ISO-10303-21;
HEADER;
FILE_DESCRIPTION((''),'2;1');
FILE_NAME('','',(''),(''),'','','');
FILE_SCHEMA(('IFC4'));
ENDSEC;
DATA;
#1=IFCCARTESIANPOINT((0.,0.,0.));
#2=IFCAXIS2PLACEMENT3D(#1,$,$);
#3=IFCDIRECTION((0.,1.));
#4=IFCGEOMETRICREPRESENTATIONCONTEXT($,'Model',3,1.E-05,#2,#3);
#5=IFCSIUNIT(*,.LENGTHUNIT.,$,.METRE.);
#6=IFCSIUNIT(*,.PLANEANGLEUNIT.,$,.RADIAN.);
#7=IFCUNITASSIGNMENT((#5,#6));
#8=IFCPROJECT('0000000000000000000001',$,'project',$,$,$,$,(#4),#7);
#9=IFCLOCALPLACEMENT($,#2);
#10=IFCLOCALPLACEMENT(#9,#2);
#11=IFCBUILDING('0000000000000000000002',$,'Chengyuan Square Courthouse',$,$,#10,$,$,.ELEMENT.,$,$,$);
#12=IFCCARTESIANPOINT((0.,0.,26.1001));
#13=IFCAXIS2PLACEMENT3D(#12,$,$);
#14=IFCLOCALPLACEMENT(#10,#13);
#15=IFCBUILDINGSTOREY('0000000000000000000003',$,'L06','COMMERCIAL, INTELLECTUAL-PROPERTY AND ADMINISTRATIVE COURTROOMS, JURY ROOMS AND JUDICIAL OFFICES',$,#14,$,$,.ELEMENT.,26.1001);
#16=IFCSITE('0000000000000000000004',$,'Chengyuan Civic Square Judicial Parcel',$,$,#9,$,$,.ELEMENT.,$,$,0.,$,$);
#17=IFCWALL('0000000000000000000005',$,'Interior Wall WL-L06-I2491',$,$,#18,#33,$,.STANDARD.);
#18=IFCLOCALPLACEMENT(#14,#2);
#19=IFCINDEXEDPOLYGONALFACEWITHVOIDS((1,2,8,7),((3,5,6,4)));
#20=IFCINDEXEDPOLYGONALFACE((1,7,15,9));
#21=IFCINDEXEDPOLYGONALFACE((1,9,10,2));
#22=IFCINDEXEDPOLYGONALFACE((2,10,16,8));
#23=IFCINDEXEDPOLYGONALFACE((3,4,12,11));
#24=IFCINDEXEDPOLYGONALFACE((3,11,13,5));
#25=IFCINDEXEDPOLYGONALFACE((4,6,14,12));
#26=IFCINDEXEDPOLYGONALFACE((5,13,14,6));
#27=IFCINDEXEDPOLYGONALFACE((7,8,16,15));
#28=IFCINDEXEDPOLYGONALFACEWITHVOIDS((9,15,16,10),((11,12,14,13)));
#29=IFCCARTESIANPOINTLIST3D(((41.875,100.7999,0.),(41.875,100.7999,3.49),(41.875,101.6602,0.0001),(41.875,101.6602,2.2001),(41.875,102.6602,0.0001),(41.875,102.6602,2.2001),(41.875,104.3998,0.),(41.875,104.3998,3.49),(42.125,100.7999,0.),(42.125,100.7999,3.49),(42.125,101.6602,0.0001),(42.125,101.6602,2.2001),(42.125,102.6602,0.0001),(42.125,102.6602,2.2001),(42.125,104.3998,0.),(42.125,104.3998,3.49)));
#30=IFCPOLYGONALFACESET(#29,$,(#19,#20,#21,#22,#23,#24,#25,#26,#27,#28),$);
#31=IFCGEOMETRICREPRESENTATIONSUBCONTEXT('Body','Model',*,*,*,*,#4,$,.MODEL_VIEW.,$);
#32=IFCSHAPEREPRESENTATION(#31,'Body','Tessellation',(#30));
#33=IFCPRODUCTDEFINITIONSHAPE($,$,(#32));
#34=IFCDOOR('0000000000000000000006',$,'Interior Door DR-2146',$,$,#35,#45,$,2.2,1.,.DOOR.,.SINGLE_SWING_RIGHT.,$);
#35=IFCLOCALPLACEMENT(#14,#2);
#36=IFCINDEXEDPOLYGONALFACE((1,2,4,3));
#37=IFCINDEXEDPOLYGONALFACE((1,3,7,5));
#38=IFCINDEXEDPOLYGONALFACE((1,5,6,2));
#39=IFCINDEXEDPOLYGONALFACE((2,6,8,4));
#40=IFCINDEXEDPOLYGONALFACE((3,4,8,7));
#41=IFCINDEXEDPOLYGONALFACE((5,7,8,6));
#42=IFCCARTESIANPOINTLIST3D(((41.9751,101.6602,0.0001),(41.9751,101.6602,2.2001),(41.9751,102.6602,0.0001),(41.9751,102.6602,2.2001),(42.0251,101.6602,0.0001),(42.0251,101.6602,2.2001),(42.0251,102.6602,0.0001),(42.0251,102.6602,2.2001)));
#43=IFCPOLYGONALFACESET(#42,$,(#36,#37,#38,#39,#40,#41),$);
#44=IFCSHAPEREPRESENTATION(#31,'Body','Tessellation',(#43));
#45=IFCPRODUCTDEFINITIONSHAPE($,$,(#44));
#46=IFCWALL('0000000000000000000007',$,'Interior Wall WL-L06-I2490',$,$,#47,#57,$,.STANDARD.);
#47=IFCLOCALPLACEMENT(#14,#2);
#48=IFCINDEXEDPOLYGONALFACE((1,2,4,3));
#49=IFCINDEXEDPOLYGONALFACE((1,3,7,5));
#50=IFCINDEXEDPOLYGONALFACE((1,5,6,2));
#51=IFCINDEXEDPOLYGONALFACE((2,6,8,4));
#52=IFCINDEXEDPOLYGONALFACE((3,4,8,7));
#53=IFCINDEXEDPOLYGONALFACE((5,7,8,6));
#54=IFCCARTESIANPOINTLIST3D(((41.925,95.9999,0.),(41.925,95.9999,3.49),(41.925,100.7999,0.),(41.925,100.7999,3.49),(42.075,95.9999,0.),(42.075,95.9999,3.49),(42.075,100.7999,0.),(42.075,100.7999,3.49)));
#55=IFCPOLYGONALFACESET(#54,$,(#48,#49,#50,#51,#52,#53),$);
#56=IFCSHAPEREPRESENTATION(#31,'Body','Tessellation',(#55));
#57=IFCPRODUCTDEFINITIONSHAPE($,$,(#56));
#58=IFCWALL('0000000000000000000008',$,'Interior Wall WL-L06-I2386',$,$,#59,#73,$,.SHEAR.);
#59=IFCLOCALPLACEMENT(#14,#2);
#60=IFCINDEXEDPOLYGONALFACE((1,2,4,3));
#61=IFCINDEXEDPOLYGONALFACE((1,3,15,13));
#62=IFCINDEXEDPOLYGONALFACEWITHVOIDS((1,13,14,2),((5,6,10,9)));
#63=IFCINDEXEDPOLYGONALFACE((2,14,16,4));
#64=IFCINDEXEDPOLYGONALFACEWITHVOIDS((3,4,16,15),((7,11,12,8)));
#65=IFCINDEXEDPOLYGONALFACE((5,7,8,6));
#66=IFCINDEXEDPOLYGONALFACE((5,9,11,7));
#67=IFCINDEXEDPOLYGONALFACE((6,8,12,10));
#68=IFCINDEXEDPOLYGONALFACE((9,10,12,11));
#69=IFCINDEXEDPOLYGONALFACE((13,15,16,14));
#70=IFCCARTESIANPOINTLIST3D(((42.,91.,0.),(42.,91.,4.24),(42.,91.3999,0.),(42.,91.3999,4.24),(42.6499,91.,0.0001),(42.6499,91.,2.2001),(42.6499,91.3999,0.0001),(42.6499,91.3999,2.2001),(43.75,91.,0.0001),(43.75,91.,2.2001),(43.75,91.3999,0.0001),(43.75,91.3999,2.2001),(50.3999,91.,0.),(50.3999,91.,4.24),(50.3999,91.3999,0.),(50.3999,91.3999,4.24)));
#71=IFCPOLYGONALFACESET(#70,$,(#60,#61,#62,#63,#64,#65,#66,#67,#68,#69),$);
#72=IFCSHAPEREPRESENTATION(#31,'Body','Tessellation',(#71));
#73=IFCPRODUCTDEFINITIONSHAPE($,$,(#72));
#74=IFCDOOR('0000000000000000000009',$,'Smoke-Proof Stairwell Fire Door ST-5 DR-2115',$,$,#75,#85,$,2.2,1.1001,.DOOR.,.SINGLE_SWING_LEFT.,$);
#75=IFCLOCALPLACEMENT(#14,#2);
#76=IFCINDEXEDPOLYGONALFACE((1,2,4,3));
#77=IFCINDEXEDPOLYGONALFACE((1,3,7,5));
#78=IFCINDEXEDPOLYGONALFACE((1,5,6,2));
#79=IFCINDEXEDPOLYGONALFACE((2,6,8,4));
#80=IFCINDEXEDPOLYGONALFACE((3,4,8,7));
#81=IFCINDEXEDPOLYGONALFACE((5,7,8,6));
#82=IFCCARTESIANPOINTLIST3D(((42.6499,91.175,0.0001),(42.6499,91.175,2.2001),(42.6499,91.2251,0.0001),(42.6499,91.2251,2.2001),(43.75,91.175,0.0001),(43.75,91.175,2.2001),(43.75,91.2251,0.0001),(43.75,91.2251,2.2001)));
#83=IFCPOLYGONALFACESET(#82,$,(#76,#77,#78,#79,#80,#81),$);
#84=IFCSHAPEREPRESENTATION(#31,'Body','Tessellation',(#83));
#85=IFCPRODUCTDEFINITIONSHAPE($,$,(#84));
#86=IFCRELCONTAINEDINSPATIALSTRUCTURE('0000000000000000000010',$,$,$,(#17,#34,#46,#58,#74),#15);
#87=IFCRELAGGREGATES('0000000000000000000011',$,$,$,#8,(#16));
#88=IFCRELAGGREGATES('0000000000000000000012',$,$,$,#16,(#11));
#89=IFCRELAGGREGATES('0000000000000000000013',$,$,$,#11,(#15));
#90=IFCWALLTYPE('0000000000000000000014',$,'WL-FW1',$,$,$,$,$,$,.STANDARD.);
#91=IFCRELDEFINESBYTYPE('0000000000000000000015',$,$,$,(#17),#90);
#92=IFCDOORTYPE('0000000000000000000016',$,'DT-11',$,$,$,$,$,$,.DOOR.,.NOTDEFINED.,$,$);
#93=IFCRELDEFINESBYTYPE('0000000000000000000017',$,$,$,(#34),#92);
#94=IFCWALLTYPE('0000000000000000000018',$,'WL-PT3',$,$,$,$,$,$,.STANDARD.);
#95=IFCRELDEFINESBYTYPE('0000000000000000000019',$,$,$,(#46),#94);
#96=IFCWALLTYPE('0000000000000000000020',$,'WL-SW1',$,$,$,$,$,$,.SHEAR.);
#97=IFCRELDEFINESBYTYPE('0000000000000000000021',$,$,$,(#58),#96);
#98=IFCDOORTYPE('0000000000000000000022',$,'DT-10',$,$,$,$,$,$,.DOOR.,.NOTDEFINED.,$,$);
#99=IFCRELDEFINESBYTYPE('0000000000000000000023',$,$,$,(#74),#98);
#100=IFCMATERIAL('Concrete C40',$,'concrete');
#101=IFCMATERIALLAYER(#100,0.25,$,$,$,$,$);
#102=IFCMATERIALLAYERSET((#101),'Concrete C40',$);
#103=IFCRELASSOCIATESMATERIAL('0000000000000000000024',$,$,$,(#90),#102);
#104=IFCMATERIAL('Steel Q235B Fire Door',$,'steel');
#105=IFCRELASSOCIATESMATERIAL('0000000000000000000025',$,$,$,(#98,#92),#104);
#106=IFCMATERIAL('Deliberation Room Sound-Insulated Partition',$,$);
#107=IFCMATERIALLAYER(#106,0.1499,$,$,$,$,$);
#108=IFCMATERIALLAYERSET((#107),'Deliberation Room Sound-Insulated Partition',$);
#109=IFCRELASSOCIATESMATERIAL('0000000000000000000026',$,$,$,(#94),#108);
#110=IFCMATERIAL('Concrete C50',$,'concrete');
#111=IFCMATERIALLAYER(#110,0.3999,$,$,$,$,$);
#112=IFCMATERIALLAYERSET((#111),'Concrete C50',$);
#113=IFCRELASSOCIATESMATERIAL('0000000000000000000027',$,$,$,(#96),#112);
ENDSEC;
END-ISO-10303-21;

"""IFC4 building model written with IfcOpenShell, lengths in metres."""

from ifc_helpers import new_model, si_unit, direction, frame, frame_2d, origin, place, context, subcontext, project, spatial, rectangle, extrude, material, layer, layer_set, type_object, element, fill, save


model = new_model("IFC4")

# Units and contexts
model_context = context("Model", 3, precision=1e-05, world=origin(), true_north=direction((0.0, 1.0)))
body_context = subcontext(model_context, "Body", "Model", "MODEL_VIEW")
ifc_project = project(units=[si_unit("LENGTHUNIT", "METRE"), si_unit("PLANEANGLEUNIT", "RADIAN")], contexts=[model_context])

# Site, building, storey
site_placement = place(None, origin())
site = spatial("IfcSite", under=ifc_project, at=site_placement, Name="Chengyuan Civic Square Judicial Parcel", CompositionType="ELEMENT", RefElevation=0.0)
building_placement = place(site_placement, origin())
building = spatial("IfcBuilding", under=site, at=building_placement, Name="Chengyuan Square Courthouse", CompositionType="ELEMENT")
storey_placement = place(building_placement, frame((0.0, 0.0, 26.1001)))
storey = spatial("IfcBuildingStorey", under=building, at=storey_placement, Name="L06", Description="COMMERCIAL, INTELLECTUAL-PROPERTY AND ADMINISTRATIVE COURTROOMS, JURY ROOMS AND JUDICIAL OFFICES", CompositionType="ELEMENT", Elevation=26.1001)

# Shared definitions
ifc_material_1 = material(Name="Concrete C50", Category="concrete")

# Shared definitions
ifc_material_2 = material(Name="Concrete C40", Category="concrete")

# Shared definitions
ifc_layer_1 = layer(ifc_material_2, 0.25)
ifc_layer_set_1 = layer_set([ifc_layer_1], Name="Concrete C40")
wall_type_1 = type_object("IfcWallType", Name="WL-FW1", PredefinedType="STANDARD", material=ifc_layer_set_1)

# Wall, opening, door
ifc_material_3 = material(Name="Steel Q235B Fire Door", Category="steel")
door_type_1 = type_object("IfcDoorType", Name="DT-10", OperationType="NOTDEFINED", PredefinedType="DOOR", material=ifc_material_3)
wall_1_placement = place(storey_placement, frame((42.0, 100.8, 0.0), z_axis=(0.0, 0.0, 1.0), x_axis=(0.0, 1.0, 0.0)))
wall_1 = element("IfcWall", 1, at=wall_1_placement, inside=storey, type_object=wall_type_1, Name="Interior Wall WL-L06-I2491", PredefinedType="STANDARD", context=body_context, shape_type="SweptSolid", body=[
    extrude(rectangle(XDim=3.5999, YDim=0.25, at=frame_2d((1.7998, 0.0))), origin(), (0.0, 0.0, 1.0), 3.49),
])
opening_1_placement = place(wall_1_placement, frame((0.8601, 0.0, 0.0)))
opening_1 = element("IfcOpeningElement", 2, at=opening_1_placement, cuts=wall_1, PredefinedType="OPENING", context=body_context, shape_type="SweptSolid", body=[
    extrude(rectangle(XDim=1.0, YDim=2.2, at=frame_2d((0.5, 1.1001))), frame((0.0, 0.137, 0.0), z_axis=(0.0, -1.0, 0.0), x_axis=(1.0, 0.0, 0.0)), (0.0, 0.0, 1.0), 0.2739),
])
door_type_2 = type_object("IfcDoorType", Name="DT-11", OperationType="NOTDEFINED", PredefinedType="DOOR", material=ifc_material_3)
door_1_placement = place(opening_1_placement, origin())
door_1 = element("IfcDoor", 3, at=door_1_placement, inside=storey, type_object=door_type_2, Name="Interior Door DR-2146", OperationType="SINGLE_SWING_RIGHT", OverallHeight=2.2, OverallWidth=1.0, PredefinedType="DOOR", context=body_context, shape_type="SweptSolid", body=[
    extrude(rectangle(XDim=1.0, YDim=2.2, at=frame_2d((0.5, 1.1001))), frame((0.0, 0.0249, 0.0), z_axis=(0.0, -1.0, 0.0), x_axis=(1.0, 0.0, 0.0)), (0.0, 0.0, 1.0), 0.05),
])
fill(opening_1, door_1)

# Wall
ifc_material_4 = material(Name="Deliberation Room Sound-Insulated Partition")
ifc_layer_2 = layer(ifc_material_4, 0.1499)
ifc_layer_set_2 = layer_set([ifc_layer_2], Name="Deliberation Room Sound-Insulated Partition")
wall_type_2 = type_object("IfcWallType", Name="WL-PT3", PredefinedType="STANDARD", material=ifc_layer_set_2)
wall_2_placement = place(storey_placement, frame((42.0, 96.0, 0.0), z_axis=(0.0, 0.0, 1.0), x_axis=(0.0, 1.0, 0.0)))
element("IfcWall", 4, at=wall_2_placement, inside=storey, type_object=wall_type_2, Name="Interior Wall WL-L06-I2490", PredefinedType="STANDARD", context=body_context, shape_type="SweptSolid", body=[
    extrude(rectangle(XDim=4.8, YDim=0.1499, at=frame_2d((2.3999, 0.0))), origin(), (0.0, 0.0, 1.0), 3.49),
])

# Wall, opening, door
ifc_layer_3 = layer(ifc_material_1, 0.3999)
ifc_layer_set_3 = layer_set([ifc_layer_3], Name="Concrete C50")
wall_type_3 = type_object("IfcWallType", Name="WL-SW1", PredefinedType="SHEAR", material=ifc_layer_set_3)
wall_3_placement = place(storey_placement, frame((42.0, 91.2, 0.0), z_axis=(0.0, 0.0, 1.0), x_axis=(1.0, 0.0, 0.0)))
wall_3 = element("IfcWall", 5, at=wall_3_placement, inside=storey, type_object=wall_type_3, Name="Interior Wall WL-L06-I2386", PredefinedType="SHEAR", context=body_context, shape_type="SweptSolid", body=[
    extrude(rectangle(XDim=8.3999, YDim=0.3999, at=frame_2d((4.2, 0.0))), origin(), (0.0, 0.0, 1.0), 4.24),
])
opening_2_placement = place(wall_3_placement, frame((0.6499, 0.0, 0.0)))
opening_2 = element("IfcOpeningElement", 6, at=opening_2_placement, cuts=wall_3, PredefinedType="OPENING", context=body_context, shape_type="SweptSolid", body=[
    extrude(rectangle(XDim=1.1001, YDim=2.2, at=frame_2d((0.55, 1.1001))), frame((0.0, 0.2119, 0.0), z_axis=(0.0, -1.0, 0.0), x_axis=(1.0, 0.0, 0.0)), (0.0, 0.0, 1.0), 0.4238),
])
door_2_placement = place(opening_2_placement, frame((1.1001, 0.0, 0.0), z_axis=(0.0, 0.0, 1.0), x_axis=(-1.0, 0.0, 0.0)))
door_2 = element("IfcDoor", 7, at=door_2_placement, inside=storey, type_object=door_type_1, Name="Smoke-Proof Stairwell Fire Door ST-5 DR-2115", OperationType="SINGLE_SWING_LEFT", OverallHeight=2.2, OverallWidth=1.1001, PredefinedType="DOOR", context=body_context, shape_type="SweptSolid", body=[
    extrude(rectangle(XDim=1.1001, YDim=2.2, at=frame_2d((0.55, 1.1001))), frame((0.0, 0.0249, 0.0), z_axis=(0.0, -1.0, 0.0), x_axis=(1.0, 0.0, 0.0)), (0.0, 0.0, 1.0), 0.05),
])
fill(opening_2, door_2)

save(model, "model.ifc")
